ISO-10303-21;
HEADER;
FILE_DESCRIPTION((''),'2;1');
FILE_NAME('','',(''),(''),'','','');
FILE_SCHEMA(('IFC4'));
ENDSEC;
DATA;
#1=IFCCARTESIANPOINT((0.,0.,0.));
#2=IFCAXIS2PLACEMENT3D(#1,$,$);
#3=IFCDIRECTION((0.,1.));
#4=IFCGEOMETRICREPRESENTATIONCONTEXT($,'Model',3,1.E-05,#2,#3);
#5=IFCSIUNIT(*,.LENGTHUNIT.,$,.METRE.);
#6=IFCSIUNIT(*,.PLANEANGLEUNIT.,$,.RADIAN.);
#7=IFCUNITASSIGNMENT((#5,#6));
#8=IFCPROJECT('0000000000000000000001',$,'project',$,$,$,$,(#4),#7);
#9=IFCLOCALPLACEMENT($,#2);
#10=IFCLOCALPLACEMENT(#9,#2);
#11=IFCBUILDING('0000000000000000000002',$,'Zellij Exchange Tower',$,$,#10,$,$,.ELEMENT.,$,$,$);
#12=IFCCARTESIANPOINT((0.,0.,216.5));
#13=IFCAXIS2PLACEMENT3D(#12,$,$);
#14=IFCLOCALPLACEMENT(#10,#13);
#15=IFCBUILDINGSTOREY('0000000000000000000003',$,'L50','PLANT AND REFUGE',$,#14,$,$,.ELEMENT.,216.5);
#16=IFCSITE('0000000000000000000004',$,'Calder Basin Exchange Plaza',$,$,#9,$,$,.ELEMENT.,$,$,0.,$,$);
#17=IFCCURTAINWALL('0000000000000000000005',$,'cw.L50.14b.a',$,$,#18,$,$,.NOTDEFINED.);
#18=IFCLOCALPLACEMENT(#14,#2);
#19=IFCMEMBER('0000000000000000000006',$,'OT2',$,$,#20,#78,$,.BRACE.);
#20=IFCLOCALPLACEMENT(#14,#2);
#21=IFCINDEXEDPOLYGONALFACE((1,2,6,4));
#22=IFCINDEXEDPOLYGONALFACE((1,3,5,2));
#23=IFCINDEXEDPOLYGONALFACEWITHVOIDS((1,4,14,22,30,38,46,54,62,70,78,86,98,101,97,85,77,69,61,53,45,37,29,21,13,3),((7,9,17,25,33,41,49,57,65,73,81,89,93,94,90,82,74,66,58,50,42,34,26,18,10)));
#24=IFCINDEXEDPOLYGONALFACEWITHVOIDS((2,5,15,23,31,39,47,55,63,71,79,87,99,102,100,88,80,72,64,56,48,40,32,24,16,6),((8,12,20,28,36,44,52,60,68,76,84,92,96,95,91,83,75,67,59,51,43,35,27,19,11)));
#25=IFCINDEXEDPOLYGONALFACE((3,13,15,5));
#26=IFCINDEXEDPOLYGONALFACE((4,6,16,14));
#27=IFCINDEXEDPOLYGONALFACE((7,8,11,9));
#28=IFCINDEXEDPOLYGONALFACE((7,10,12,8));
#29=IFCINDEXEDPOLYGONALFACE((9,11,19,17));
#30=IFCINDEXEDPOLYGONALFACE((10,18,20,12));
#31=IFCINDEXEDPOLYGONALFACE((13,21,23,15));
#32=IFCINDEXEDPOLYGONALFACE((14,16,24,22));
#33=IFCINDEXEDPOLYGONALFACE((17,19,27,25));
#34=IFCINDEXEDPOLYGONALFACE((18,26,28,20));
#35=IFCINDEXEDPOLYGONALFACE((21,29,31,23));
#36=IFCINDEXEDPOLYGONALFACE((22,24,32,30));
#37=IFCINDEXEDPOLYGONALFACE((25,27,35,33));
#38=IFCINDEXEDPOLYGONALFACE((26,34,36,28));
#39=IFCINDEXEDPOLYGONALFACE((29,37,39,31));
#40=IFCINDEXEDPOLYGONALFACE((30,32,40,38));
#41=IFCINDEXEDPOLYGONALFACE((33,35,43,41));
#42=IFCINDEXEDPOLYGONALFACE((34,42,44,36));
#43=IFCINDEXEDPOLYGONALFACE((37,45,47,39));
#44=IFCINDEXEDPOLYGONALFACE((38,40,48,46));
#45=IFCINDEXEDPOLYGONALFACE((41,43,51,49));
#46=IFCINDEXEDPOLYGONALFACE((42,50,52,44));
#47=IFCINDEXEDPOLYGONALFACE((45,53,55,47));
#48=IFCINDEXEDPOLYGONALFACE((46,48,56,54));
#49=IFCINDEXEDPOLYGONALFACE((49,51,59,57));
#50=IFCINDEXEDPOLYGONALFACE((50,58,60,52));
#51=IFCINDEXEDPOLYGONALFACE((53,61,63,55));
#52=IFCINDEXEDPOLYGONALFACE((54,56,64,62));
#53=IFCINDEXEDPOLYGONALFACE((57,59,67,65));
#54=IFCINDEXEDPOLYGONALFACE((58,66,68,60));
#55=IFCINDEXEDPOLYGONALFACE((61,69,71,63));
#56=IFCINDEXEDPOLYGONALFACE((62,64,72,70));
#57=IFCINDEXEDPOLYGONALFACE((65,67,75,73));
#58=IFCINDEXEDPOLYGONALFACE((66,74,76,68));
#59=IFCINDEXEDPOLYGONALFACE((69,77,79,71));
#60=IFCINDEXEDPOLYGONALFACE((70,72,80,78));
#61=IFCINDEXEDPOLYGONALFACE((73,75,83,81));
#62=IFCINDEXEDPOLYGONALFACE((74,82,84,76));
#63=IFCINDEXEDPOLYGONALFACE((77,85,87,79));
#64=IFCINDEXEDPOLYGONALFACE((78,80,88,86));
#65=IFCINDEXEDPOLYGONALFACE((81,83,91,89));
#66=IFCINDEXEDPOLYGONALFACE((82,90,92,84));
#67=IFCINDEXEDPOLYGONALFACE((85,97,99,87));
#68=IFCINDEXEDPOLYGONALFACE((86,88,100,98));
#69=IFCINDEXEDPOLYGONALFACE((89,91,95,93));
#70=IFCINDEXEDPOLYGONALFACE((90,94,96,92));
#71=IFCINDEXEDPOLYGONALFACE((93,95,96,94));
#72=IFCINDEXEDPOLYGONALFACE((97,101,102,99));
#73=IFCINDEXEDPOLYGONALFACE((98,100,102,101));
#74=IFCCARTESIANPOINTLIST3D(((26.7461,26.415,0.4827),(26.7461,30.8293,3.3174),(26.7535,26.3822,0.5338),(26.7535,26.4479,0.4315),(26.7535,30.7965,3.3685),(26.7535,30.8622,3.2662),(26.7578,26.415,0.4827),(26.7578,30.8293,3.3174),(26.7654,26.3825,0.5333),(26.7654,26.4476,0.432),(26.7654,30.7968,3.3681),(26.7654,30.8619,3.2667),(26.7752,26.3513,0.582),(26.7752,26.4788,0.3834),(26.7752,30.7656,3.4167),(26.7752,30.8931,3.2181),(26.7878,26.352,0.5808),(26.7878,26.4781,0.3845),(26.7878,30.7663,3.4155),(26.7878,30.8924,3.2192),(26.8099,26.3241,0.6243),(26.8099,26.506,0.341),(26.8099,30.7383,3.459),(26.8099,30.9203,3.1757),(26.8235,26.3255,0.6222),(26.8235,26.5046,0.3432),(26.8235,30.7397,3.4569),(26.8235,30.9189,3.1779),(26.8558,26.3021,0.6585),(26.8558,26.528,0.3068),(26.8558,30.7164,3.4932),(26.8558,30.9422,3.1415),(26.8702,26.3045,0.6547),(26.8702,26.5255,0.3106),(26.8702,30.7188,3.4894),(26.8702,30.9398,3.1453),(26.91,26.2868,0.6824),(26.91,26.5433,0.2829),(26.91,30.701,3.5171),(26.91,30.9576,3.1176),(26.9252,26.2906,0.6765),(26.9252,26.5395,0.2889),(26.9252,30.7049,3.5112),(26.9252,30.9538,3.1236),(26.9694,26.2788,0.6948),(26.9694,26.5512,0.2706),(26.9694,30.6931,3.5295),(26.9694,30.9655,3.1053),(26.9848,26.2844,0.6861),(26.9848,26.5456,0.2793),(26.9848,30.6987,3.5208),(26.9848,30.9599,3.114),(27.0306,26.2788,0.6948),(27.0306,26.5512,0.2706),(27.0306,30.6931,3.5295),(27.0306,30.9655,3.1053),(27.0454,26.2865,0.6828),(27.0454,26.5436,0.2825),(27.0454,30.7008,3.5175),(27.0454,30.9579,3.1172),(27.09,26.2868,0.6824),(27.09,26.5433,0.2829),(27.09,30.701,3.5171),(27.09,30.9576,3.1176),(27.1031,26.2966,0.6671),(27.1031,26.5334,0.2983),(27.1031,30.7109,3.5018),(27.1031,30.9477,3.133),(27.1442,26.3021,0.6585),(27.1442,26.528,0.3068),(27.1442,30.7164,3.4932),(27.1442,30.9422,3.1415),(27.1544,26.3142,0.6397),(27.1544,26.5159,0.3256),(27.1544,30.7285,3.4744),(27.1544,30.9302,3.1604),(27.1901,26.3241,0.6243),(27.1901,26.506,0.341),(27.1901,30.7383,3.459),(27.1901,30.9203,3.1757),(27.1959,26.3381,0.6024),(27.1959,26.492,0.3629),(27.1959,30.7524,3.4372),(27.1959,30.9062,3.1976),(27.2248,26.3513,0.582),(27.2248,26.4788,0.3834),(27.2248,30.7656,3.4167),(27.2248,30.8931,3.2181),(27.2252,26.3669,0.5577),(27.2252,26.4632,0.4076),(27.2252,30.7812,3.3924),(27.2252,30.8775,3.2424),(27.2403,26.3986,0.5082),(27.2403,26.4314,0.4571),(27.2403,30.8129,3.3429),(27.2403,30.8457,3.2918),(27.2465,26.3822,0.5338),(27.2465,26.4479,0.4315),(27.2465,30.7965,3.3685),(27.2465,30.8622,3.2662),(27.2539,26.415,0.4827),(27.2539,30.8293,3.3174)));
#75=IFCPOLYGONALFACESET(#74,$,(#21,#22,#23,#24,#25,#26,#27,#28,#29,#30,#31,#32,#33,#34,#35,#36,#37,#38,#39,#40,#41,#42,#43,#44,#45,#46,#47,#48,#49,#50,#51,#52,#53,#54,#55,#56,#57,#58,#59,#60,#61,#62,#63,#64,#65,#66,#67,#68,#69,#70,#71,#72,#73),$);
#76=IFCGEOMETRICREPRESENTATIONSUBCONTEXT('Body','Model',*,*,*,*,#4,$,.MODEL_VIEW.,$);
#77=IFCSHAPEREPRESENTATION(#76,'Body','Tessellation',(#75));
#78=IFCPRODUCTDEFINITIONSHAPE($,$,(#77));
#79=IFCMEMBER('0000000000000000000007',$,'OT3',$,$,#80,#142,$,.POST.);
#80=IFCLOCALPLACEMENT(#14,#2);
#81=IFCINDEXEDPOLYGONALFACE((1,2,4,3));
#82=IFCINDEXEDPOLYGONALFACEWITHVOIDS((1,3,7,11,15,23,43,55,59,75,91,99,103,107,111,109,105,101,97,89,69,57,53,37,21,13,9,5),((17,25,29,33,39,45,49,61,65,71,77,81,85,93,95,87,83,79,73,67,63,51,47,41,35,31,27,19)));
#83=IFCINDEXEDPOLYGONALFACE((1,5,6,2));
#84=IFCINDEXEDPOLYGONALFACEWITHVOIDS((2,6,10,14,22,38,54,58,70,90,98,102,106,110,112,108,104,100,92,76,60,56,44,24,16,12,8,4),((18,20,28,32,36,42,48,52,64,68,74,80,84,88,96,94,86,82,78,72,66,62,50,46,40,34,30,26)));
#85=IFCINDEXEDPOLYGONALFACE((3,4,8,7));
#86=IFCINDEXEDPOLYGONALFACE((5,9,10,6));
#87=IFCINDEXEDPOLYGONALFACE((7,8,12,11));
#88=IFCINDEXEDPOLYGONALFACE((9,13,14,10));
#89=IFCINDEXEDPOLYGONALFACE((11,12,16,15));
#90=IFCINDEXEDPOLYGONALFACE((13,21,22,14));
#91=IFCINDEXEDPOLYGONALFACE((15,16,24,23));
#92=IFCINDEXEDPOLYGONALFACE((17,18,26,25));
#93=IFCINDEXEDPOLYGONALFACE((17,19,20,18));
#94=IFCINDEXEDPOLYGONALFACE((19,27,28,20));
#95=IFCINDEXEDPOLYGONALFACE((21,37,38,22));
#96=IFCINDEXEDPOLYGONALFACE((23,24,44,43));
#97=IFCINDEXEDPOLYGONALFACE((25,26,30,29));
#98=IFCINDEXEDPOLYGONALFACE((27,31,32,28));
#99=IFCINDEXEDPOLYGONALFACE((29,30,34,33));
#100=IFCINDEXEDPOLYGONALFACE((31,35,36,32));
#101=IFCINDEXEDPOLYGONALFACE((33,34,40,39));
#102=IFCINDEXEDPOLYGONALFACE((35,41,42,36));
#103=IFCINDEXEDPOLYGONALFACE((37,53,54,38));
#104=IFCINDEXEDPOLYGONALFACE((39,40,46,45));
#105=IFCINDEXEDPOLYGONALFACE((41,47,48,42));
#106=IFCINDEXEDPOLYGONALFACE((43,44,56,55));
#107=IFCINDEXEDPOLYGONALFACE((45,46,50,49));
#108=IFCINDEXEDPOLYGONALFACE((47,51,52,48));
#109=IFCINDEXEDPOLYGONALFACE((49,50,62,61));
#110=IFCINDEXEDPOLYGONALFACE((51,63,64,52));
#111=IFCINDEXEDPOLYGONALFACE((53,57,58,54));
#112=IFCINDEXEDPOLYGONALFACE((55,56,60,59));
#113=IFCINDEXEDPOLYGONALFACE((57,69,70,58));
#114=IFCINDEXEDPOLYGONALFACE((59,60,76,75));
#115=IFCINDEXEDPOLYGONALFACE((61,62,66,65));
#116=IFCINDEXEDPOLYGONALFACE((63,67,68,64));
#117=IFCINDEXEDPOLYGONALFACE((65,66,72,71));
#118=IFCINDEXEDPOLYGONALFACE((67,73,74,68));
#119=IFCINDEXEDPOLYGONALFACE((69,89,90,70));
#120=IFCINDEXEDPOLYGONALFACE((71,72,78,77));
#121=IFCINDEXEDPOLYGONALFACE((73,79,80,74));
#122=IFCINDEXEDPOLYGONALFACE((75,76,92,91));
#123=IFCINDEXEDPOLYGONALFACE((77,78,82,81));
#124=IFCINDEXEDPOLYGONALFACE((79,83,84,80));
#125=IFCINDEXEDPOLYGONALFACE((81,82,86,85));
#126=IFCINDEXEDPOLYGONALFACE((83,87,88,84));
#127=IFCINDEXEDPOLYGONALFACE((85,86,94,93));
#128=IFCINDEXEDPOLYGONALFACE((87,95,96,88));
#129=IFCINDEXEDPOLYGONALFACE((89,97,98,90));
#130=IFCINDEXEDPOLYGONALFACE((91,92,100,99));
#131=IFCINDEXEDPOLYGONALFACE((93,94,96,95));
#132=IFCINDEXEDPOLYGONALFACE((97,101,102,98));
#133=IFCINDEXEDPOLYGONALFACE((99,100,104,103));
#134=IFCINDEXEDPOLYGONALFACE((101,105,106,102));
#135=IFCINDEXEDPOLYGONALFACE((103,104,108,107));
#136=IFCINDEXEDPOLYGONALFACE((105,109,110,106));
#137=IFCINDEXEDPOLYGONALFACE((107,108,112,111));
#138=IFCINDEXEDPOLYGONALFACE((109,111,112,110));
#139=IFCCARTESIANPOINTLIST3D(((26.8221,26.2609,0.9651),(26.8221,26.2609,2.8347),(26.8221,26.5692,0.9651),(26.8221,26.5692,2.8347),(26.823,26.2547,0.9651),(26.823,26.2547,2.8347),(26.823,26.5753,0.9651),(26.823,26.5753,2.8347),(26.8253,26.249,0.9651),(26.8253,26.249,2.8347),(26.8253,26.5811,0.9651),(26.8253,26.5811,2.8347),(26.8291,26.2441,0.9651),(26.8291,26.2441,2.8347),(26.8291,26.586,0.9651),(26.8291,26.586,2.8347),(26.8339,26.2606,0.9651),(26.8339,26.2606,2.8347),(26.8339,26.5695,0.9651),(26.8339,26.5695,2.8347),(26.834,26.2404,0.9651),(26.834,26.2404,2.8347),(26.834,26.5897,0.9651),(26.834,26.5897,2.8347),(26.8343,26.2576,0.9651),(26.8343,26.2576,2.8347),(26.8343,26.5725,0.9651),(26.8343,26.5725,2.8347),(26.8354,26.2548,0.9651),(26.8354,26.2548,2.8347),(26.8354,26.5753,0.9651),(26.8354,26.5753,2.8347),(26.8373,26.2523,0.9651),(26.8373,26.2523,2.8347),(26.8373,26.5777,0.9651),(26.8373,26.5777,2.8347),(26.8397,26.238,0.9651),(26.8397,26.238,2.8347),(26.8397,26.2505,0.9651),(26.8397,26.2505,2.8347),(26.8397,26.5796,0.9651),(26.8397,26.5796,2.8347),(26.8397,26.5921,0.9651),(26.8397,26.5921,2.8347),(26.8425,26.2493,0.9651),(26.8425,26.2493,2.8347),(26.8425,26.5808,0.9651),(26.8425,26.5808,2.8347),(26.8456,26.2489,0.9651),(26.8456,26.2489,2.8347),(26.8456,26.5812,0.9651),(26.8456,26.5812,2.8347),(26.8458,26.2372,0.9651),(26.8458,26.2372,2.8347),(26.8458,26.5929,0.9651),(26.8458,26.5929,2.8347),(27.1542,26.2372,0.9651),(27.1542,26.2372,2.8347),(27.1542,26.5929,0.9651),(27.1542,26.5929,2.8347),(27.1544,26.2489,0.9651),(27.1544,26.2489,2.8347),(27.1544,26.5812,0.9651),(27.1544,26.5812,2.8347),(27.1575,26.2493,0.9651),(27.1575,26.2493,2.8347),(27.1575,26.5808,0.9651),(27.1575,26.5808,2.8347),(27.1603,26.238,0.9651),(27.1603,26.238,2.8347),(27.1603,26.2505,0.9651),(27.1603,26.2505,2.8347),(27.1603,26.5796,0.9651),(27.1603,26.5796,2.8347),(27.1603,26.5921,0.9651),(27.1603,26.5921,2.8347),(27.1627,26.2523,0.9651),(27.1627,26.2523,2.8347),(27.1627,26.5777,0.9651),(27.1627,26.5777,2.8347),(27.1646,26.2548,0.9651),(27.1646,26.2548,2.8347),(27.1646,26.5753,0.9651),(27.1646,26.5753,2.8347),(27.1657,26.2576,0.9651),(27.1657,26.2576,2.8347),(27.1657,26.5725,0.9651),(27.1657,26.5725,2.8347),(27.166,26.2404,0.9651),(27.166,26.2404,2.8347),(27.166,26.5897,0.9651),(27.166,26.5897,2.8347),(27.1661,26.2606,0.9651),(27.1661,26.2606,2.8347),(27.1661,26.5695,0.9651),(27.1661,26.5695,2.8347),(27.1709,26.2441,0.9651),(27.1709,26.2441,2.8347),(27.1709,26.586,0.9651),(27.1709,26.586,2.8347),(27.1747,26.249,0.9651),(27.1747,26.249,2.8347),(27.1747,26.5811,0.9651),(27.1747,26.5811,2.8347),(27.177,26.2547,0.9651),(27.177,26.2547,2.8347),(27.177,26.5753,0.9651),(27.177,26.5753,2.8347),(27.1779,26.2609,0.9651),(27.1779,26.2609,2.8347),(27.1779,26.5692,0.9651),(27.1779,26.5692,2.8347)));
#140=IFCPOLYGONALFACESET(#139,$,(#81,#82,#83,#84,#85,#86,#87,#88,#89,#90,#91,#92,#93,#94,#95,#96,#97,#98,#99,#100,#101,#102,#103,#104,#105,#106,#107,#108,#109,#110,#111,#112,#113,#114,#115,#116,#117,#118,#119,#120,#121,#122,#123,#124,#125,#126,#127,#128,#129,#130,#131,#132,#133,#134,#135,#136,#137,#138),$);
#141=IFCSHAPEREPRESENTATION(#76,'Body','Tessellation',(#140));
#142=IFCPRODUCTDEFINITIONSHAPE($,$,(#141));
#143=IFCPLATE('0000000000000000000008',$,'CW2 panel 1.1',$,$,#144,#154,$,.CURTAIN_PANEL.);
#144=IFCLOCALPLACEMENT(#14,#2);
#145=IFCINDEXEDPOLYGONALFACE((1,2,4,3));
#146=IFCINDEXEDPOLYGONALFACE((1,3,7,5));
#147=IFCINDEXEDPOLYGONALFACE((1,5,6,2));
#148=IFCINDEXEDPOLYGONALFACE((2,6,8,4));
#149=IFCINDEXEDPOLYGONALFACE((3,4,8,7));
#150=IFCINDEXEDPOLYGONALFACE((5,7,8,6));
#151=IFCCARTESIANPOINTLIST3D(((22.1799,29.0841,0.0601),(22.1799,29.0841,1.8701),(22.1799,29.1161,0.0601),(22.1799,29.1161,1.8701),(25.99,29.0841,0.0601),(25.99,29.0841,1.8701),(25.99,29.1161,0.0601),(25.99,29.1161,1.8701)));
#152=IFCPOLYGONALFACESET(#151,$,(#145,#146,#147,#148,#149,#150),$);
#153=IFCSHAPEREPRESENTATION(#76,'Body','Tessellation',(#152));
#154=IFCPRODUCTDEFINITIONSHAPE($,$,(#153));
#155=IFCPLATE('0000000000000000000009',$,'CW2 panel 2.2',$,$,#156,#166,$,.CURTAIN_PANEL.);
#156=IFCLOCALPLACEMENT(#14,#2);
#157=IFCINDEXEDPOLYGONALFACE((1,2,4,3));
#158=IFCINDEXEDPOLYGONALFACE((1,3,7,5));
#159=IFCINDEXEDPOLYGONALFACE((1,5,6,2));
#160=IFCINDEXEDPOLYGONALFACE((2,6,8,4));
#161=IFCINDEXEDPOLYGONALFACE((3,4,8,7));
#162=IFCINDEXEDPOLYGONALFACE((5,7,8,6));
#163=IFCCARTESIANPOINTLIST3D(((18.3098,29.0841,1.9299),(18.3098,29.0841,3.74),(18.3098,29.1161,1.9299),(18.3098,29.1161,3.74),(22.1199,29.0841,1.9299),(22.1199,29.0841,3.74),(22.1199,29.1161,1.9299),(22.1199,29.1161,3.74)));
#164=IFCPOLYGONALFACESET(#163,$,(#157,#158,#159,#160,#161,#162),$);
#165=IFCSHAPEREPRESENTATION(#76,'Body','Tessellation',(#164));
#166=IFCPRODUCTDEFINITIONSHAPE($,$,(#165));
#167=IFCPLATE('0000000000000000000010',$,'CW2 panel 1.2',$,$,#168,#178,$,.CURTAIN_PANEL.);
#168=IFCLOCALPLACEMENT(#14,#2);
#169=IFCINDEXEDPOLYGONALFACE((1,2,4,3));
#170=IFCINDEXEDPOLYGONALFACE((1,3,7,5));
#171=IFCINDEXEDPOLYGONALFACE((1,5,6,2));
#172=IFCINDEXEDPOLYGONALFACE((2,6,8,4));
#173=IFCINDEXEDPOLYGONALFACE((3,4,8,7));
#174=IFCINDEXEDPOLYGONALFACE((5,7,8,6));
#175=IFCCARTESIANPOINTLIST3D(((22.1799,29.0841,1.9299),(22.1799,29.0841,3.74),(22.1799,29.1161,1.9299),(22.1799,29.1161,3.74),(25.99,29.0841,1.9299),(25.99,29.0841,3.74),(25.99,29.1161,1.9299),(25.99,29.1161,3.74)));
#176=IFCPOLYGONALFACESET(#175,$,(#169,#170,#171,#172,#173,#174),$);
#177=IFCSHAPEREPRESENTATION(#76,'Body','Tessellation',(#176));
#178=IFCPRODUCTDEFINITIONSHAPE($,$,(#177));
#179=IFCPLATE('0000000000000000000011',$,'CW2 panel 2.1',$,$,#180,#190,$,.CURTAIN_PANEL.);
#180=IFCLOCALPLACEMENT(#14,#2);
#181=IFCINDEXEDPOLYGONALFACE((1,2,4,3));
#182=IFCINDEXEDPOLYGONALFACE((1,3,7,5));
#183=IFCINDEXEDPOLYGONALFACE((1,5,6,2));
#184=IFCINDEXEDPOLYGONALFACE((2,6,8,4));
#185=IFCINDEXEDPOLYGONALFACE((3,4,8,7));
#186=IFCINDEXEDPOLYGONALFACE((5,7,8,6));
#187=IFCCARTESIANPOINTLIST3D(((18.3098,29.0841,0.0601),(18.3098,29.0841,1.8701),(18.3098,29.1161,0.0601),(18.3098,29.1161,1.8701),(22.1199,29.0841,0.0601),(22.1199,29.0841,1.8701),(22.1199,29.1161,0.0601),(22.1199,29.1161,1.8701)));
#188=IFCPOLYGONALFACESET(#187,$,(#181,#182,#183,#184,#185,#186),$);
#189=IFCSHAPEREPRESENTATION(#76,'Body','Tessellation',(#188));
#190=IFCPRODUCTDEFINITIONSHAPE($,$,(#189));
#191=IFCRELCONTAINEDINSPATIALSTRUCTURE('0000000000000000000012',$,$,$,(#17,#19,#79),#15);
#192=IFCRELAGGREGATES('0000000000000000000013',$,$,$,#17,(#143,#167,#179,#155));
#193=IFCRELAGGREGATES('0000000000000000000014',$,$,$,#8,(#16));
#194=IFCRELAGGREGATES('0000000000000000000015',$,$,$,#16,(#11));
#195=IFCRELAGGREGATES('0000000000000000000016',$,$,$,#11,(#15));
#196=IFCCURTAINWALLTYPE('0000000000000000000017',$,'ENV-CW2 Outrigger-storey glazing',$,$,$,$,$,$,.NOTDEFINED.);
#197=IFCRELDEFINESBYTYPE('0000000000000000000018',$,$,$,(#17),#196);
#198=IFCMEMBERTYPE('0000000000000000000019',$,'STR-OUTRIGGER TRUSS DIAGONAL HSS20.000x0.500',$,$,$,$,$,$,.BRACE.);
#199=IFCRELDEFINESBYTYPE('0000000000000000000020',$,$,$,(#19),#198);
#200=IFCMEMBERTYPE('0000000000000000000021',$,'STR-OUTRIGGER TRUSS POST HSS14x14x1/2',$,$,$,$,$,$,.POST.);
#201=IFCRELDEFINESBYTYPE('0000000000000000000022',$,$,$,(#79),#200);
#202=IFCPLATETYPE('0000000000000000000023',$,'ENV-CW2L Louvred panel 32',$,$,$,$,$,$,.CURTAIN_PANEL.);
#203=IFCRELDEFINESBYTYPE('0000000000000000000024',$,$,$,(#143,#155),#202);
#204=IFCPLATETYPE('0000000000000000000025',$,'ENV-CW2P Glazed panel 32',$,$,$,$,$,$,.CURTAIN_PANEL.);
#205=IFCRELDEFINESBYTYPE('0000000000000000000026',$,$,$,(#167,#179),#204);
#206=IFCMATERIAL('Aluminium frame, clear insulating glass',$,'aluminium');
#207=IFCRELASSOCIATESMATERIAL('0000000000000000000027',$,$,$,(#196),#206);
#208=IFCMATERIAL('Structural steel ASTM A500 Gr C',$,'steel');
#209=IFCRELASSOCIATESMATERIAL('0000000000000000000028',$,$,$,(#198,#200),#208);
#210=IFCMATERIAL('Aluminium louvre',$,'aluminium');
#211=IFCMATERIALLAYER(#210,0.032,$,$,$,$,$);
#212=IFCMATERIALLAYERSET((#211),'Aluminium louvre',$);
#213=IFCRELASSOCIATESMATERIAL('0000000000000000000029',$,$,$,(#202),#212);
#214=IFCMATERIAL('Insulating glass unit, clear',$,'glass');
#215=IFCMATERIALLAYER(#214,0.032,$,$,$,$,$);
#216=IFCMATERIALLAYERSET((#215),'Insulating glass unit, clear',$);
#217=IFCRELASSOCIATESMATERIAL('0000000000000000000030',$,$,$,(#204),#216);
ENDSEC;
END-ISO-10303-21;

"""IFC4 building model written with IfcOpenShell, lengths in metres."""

from ifc_helpers import new_model, si_unit, direction, frame, origin, origin_2d, place, context, subcontext, project, spatial, rectangle, hollow_rectangle, hollow_circle, extrude, material, layer, layer_set, material_profile, profile_set, type_object, element, aggregate, save


model = new_model("IFC4")

# Units and contexts
model_context = context("Model", 3, precision=1e-05, world=origin(), true_north=direction((0.0, 1.0)))
body_context = subcontext(model_context, "Body", "Model", "MODEL_VIEW")
ifc_project = project(units=[si_unit("LENGTHUNIT", "METRE"), si_unit("PLANEANGLEUNIT", "RADIAN")], contexts=[model_context])

# Site, building, storey
site_placement = place(None, origin())
site = spatial("IfcSite", under=ifc_project, at=site_placement, Name="Calder Basin Exchange Plaza", CompositionType="ELEMENT", RefElevation=0.0)
building_placement = place(site_placement, origin())
building = spatial("IfcBuilding", under=site, at=building_placement, Name="Zellij Exchange Tower", CompositionType="ELEMENT")
storey_placement = place(building_placement, frame((0.0, 0.0, 216.5)))
storey = spatial("IfcBuildingStorey", under=building, at=storey_placement, Name="L50", Description="PLANT AND REFUGE", CompositionType="ELEMENT", Elevation=216.5)

# Curtain wall
ifc_material_1 = material(Name="Aluminium frame, clear insulating glass", Category="aluminium")
curtain_wall_type = type_object("IfcCurtainWallType", Name="ENV-CW2 Outrigger-storey glazing", PredefinedType="NOTDEFINED", material=ifc_material_1)
curtain_wall_placement = place(storey_placement, origin())
curtain_wall = element("IfcCurtainWall", 1, at=curtain_wall_placement, inside=storey, type_object=curtain_wall_type, Name="cw.L50.14b.a", PredefinedType="NOTDEFINED")

# Members
ifc_material_2 = material(Name="Structural steel ASTM A500 Gr C", Category="steel")
ifc_material_profile_1 = material_profile(ifc_material_2, hollow_circle(Radius=0.2539, WallThickness=0.0117, at=origin_2d()), Name="STR-OUTRIGGER TRUSS DIAGONAL HSS20.000x0.500")
ifc_profile_set_1 = profile_set([ifc_material_profile_1], Name="Structural steel ASTM A500 Gr C")
member_type_1 = type_object("IfcMemberType", Name="STR-OUTRIGGER TRUSS DIAGONAL HSS20.000x0.500", PredefinedType="BRACE", material=ifc_profile_set_1)
member_1_placement = place(storey_placement, frame((27.0, 26.415, 0.4827), z_axis=(0.0, 0.841443, 0.540346), x_axis=(-1.0, 0.0, 0.0)))
element("IfcMember", 2, at=member_1_placement, inside=storey, type_object=member_type_1, Name="OT2", PredefinedType="BRACE", context=body_context, shape_type="SweptSolid", body=[
    extrude(hollow_circle(Radius=0.2539, WallThickness=0.0117, at=origin_2d()), origin(), (0.0, 0.0, 1.0), 5.2461),
])
ifc_material_profile_2 = material_profile(ifc_material_2, hollow_rectangle(XDim=0.3557, YDim=0.3557, WallThickness=0.0117, InnerFilletRadius=0.0117, OuterFilletRadius=0.0237, at=origin_2d()), Name="STR-OUTRIGGER TRUSS POST HSS14x14x1/2")
ifc_profile_set_2 = profile_set([ifc_material_profile_2], Name="Structural steel ASTM A500 Gr C")
member_type_2 = type_object("IfcMemberType", Name="STR-OUTRIGGER TRUSS POST HSS14x14x1/2", PredefinedType="POST", material=ifc_profile_set_2)
member_2_placement = place(storey_placement, frame((27.0, 26.415, 0.9651), z_axis=(0.0, 0.0, 1.0), x_axis=(1.0, 0.0, 0.0)))
element("IfcMember", 3, at=member_2_placement, inside=storey, type_object=member_type_2, Name="OT3", PredefinedType="POST", context=body_context, shape_type="SweptSolid", body=[
    extrude(hollow_rectangle(XDim=0.3557, YDim=0.3557, WallThickness=0.0117, InnerFilletRadius=0.0117, OuterFilletRadius=0.0237, at=origin_2d()), origin(), (0.0, 0.0, 1.0), 1.8696),
])

# Plates
ifc_material_3 = material(Name="Aluminium louvre", Category="aluminium")
ifc_layer_1 = layer(ifc_material_3, 0.032)
ifc_layer_set_1 = layer_set([ifc_layer_1], Name="Aluminium louvre")
plate_type_1 = type_object("IfcPlateType", Name="ENV-CW2L Louvred panel 32", PredefinedType="CURTAIN_PANEL", material=ifc_layer_set_1)
plate_1_placement = place(storey_placement, frame((24.085, 29.1001, 0.0601), z_axis=(0.0, 0.0, 1.0), x_axis=(-1.0, 0.0, 0.0)))
plate_1 = element("IfcPlate", 4, at=plate_1_placement, type_object=plate_type_1, Name="CW2 panel 1.1", PredefinedType="CURTAIN_PANEL", context=body_context, shape_type="SweptSolid", body=[
    extrude(rectangle(XDim=3.8101, YDim=0.032, at=origin_2d()), origin(), (0.0, 0.0, 1.0), 1.8101),
])
plate_2_placement = place(storey_placement, frame((20.2148, 29.1001, 1.9299), z_axis=(0.0, 0.0, 1.0), x_axis=(-1.0, 0.0, 0.0)))
plate_2 = element("IfcPlate", 5, at=plate_2_placement, type_object=plate_type_1, Name="CW2 panel 2.2", PredefinedType="CURTAIN_PANEL", context=body_context, shape_type="SweptSolid", body=[
    extrude(rectangle(XDim=3.8101, YDim=0.032, at=origin_2d()), origin(), (0.0, 0.0, 1.0), 1.8101),
])
ifc_material_4 = material(Name="Insulating glass unit, clear", Category="glass")
ifc_layer_2 = layer(ifc_material_4, 0.032)
ifc_layer_set_2 = layer_set([ifc_layer_2], Name="Insulating glass unit, clear")
plate_type_2 = type_object("IfcPlateType", Name="ENV-CW2P Glazed panel 32", PredefinedType="CURTAIN_PANEL", material=ifc_layer_set_2)
plate_3_placement = place(storey_placement, frame((24.085, 29.1001, 1.9299), z_axis=(0.0, 0.0, 1.0), x_axis=(-1.0, 0.0, 0.0)))
plate_3 = element("IfcPlate", 6, at=plate_3_placement, type_object=plate_type_2, Name="CW2 panel 1.2", PredefinedType="CURTAIN_PANEL", context=body_context, shape_type="SweptSolid", body=[
    extrude(rectangle(XDim=3.8101, YDim=0.032, at=origin_2d()), origin(), (0.0, 0.0, 1.0), 1.8101),
])
plate_4_placement = place(storey_placement, frame((20.2148, 29.1001, 0.0601), z_axis=(0.0, 0.0, 1.0), x_axis=(-1.0, 0.0, 0.0)))
plate_4 = element("IfcPlate", 7, at=plate_4_placement, type_object=plate_type_2, Name="CW2 panel 2.1", PredefinedType="CURTAIN_PANEL", context=body_context, shape_type="SweptSolid", body=[
    extrude(rectangle(XDim=3.8101, YDim=0.032, at=origin_2d()), origin(), (0.0, 0.0, 1.0), 1.8101),
])
aggregate(curtain_wall, [plate_1, plate_3, plate_4, plate_2])

save(model, "model.ifc")
